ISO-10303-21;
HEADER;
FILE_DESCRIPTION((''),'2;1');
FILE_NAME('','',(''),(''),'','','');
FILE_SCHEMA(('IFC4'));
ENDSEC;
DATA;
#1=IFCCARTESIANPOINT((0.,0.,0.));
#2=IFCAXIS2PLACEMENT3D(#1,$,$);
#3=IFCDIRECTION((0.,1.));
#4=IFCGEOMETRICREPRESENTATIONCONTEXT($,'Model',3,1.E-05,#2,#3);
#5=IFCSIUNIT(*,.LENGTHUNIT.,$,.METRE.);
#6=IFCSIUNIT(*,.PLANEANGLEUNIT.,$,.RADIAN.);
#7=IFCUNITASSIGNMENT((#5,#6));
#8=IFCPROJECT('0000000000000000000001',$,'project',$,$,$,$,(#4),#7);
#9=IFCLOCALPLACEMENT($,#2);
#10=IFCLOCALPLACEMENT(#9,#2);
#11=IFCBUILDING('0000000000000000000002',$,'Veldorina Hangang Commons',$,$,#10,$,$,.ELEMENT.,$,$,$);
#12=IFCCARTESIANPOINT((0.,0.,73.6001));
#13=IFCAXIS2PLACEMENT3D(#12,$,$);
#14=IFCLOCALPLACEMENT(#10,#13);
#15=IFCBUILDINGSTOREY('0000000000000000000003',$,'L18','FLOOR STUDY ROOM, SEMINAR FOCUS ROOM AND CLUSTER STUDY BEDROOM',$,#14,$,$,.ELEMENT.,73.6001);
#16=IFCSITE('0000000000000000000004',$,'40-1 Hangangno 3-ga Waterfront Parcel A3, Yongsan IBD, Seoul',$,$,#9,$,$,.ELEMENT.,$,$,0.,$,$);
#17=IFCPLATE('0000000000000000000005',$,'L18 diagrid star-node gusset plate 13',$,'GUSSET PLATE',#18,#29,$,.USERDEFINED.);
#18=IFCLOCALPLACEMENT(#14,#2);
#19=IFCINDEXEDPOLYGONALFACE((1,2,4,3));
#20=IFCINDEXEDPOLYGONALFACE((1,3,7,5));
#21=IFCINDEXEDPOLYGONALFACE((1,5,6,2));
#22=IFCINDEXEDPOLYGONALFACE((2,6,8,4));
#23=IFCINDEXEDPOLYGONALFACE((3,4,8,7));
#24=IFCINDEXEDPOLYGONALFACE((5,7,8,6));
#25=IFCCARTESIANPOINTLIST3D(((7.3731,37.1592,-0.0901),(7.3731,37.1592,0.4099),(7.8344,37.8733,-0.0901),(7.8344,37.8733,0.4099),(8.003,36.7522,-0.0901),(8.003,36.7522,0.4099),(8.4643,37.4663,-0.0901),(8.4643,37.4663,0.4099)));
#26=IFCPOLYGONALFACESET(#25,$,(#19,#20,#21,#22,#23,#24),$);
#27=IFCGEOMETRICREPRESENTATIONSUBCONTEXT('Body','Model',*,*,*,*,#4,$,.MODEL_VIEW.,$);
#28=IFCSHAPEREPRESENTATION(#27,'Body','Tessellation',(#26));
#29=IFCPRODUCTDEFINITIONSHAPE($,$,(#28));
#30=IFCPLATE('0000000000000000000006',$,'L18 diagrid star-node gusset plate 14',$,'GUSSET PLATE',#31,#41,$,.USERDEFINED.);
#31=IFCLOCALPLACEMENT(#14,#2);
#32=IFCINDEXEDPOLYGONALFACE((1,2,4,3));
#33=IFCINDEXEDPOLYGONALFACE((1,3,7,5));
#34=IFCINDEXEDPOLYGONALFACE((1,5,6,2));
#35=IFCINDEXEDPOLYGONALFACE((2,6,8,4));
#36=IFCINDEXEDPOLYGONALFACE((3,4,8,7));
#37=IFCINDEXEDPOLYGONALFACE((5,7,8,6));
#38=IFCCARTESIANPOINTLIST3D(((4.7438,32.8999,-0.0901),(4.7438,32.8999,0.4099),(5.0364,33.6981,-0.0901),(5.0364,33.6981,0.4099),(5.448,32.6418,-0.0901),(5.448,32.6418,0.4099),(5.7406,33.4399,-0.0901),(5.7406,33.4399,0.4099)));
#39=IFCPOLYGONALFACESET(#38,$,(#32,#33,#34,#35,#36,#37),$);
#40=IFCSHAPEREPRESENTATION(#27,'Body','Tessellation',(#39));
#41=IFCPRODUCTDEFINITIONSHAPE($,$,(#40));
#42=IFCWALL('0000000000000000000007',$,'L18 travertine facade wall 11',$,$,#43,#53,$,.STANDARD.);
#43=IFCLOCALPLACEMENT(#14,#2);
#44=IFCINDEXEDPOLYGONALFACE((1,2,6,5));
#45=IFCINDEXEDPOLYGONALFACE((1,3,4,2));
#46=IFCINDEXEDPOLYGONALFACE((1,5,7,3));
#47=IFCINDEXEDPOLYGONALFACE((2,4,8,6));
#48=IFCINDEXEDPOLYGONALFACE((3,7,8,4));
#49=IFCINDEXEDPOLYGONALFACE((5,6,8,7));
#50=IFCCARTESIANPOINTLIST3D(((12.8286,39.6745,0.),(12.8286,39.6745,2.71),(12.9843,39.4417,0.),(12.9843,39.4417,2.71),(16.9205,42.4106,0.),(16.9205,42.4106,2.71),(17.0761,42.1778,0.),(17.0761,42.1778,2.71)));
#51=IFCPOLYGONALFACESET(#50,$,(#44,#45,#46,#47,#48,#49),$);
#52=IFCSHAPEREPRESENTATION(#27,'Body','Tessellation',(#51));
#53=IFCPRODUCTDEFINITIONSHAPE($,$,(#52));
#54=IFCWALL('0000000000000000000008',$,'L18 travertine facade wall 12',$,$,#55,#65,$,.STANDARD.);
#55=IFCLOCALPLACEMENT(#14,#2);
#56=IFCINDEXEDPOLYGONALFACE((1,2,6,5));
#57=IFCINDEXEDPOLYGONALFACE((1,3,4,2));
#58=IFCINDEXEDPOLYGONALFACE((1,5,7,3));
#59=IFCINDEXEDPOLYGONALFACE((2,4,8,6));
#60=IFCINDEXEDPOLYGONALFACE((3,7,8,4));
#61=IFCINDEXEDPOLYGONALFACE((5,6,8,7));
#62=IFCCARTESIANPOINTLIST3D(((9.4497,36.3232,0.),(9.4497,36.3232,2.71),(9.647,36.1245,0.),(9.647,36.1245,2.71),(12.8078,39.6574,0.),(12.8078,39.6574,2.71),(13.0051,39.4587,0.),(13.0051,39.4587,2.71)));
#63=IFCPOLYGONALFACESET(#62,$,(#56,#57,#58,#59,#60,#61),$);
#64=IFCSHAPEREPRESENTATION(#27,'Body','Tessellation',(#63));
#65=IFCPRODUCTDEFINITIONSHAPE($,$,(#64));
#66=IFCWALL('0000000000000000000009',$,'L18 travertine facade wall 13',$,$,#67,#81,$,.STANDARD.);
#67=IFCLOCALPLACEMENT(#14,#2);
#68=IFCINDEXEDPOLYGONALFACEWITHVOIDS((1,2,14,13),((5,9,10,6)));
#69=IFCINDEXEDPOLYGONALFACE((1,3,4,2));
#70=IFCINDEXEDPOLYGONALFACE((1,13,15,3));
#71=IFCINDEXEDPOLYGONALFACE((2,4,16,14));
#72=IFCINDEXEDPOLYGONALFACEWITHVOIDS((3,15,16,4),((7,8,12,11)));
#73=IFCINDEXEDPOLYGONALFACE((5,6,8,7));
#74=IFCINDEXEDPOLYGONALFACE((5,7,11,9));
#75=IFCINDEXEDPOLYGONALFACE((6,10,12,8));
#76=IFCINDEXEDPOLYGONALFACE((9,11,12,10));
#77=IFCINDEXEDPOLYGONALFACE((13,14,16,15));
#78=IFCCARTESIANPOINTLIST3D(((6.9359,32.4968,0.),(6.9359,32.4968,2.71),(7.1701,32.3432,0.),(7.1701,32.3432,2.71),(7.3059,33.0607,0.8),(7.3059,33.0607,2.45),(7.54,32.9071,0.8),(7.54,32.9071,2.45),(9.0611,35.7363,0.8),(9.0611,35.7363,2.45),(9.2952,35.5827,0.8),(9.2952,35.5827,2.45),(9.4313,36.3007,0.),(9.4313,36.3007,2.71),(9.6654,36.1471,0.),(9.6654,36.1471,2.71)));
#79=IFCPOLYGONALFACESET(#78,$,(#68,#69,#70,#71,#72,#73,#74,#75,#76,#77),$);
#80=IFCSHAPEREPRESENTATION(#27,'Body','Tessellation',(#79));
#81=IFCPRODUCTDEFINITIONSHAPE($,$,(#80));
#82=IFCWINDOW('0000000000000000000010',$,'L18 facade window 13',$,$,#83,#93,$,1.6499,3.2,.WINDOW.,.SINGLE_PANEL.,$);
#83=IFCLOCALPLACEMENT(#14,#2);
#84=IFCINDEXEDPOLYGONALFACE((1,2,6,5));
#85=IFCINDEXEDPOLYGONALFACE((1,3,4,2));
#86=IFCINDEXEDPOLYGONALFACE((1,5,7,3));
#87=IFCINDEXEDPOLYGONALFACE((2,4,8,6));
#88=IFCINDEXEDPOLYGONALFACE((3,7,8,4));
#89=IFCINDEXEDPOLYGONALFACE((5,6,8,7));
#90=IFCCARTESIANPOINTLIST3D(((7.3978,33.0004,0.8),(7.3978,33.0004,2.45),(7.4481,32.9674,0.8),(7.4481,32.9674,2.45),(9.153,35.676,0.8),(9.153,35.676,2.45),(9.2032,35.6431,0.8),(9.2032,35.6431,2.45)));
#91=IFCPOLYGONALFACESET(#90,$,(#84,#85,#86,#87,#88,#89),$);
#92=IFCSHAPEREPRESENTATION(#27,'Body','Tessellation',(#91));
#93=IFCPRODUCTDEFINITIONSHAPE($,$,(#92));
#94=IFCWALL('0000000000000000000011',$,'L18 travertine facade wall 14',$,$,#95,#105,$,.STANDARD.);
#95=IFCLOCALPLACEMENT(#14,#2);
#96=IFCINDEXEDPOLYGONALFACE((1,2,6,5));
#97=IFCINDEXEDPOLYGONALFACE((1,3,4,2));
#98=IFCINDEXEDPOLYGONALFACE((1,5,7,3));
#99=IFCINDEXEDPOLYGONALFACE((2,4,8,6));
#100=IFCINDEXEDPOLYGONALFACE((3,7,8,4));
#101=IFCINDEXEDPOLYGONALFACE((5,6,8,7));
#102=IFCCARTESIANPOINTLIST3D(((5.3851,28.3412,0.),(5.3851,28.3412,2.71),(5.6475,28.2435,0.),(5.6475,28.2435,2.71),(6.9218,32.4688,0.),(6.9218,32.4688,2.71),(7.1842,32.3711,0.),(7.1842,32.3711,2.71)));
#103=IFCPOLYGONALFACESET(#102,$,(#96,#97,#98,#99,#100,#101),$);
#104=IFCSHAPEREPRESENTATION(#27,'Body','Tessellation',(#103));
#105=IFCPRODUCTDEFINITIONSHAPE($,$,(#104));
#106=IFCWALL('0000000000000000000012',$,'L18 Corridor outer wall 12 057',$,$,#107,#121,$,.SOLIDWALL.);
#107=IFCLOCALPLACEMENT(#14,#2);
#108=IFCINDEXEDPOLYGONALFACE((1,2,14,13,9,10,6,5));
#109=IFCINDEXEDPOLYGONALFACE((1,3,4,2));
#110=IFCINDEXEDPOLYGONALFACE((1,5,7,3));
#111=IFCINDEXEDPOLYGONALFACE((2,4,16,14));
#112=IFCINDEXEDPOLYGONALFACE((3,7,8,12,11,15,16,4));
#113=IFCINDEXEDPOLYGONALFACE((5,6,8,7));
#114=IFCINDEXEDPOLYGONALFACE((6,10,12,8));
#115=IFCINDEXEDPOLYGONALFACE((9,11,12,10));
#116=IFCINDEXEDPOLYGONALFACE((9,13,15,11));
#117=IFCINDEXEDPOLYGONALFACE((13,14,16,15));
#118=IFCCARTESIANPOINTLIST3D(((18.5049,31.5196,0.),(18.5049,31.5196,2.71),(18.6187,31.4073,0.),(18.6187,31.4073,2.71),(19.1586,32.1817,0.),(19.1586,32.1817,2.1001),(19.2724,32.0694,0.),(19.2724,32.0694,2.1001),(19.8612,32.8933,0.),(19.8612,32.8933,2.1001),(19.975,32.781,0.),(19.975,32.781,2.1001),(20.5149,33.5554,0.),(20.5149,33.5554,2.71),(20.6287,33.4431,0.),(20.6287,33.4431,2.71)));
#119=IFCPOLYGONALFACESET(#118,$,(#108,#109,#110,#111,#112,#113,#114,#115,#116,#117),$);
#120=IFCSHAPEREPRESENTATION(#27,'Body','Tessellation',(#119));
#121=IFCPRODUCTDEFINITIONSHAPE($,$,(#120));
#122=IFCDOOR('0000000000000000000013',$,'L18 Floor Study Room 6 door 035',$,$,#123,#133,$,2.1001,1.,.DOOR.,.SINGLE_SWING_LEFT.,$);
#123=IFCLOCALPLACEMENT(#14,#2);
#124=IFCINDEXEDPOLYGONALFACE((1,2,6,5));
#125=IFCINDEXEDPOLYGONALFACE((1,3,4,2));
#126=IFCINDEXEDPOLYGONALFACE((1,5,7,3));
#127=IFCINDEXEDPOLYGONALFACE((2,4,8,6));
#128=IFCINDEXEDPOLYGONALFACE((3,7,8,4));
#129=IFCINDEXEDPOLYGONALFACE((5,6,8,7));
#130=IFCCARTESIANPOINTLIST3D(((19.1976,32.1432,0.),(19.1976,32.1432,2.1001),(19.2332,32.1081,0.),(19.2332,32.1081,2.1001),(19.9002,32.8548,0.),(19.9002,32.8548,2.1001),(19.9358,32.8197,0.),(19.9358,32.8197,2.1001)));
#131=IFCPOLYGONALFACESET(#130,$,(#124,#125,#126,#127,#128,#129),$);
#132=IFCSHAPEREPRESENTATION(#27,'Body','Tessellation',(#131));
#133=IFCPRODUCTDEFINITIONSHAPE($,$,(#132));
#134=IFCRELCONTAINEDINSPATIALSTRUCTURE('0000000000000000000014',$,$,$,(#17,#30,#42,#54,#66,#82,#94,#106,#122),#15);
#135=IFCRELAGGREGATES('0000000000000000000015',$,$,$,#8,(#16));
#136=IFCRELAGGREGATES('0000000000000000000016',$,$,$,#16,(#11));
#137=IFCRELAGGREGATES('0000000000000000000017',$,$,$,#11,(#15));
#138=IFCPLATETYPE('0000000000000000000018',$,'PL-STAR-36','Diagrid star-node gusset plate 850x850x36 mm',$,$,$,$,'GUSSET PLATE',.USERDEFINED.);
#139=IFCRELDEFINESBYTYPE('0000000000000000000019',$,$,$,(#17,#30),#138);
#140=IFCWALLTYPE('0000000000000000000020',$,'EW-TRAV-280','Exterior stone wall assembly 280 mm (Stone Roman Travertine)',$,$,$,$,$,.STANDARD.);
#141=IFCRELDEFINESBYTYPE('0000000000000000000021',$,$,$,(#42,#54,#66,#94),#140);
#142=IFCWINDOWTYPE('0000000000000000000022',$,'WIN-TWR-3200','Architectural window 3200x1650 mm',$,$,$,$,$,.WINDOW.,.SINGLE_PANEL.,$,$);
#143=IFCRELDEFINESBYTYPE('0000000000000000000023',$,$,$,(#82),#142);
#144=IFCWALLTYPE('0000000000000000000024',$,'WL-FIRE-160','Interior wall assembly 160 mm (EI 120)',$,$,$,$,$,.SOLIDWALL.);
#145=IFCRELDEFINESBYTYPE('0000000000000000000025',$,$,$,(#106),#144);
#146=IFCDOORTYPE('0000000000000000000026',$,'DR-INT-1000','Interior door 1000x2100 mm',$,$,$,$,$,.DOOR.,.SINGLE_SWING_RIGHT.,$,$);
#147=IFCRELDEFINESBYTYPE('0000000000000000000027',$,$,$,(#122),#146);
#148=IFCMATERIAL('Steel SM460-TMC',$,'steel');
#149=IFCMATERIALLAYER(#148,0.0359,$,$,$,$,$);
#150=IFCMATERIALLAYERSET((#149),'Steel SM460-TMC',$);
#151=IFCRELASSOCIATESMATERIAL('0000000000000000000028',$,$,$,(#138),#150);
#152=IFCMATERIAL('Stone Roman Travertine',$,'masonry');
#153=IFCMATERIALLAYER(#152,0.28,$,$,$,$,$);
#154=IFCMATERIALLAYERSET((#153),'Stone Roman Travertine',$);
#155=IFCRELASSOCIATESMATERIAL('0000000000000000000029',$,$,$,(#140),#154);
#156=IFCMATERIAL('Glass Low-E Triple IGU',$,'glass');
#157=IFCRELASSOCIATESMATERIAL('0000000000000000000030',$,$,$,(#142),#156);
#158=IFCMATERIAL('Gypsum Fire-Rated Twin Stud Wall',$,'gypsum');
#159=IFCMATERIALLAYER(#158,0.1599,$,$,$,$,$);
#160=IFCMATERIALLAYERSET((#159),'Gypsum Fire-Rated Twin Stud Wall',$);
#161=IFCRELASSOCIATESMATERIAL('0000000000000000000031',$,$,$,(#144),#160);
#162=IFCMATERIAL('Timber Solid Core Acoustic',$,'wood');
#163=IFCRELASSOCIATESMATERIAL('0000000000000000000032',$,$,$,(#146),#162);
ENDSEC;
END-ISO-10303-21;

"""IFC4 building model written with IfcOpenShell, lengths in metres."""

from ifc_helpers import new_model, si_unit, direction, frame, frame_2d, origin, origin_2d, place, context, subcontext, project, spatial, rectangle, extrude, material, layer, layer_set, type_object, element, fill, save


model = new_model("IFC4")

# Units and contexts
model_context = context("Model", 3, precision=1e-05, world=origin(), true_north=direction((0.0, 1.0)))
body_context = subcontext(model_context, "Body", "Model", "MODEL_VIEW")
ifc_project = project(units=[si_unit("LENGTHUNIT", "METRE"), si_unit("PLANEANGLEUNIT", "RADIAN")], contexts=[model_context])

# Site, building, storey
site_placement = place(None, origin())
site = spatial("IfcSite", under=ifc_project, at=site_placement, Name="40-1 Hangangno 3-ga Waterfront Parcel A3, Yongsan IBD, Seoul", CompositionType="ELEMENT", RefElevation=0.0)
building_placement = place(site_placement, origin())
building = spatial("IfcBuilding", under=site, at=building_placement, Name="Veldorina Hangang Commons", CompositionType="ELEMENT")
storey_placement = place(building_placement, frame((0.0, 0.0, 73.6001)))
storey = spatial("IfcBuildingStorey", under=building, at=storey_placement, Name="L18", Description="FLOOR STUDY ROOM, SEMINAR FOCUS ROOM AND CLUSTER STUDY BEDROOM", CompositionType="ELEMENT", Elevation=73.6001)

# Shared definitions
ifc_material_1 = material(Name="Steel SM460-TMC", Category="steel")

# Plates
ifc_layer_1 = layer(ifc_material_1, 0.0359)
ifc_layer_set_1 = layer_set([ifc_layer_1], Name="Steel SM460-TMC")
plate_type = type_object("IfcPlateType", Name="PL-STAR-36", Description="Diagrid star-node gusset plate 850x850x36 mm", ElementType="GUSSET PLATE", PredefinedType="USERDEFINED", material=ifc_layer_set_1)
for number, where, z_axis, x_axis, name in (
    (1, (7.9187, 37.3127, -0.0901), (0.0, 0.0, 1.0), (-0.542647, -0.839961, 0.0), "L18 diagrid star-node gusset plate 13"),
    (2, (5.2422, 33.1699, -0.0901), (0.0, 0.0, 1.0), (-0.344233, -0.938884, 0.0), "L18 diagrid star-node gusset plate 14"),
):
    element("IfcPlate", number, at=place(storey_placement, frame(where, z_axis=z_axis, x_axis=x_axis)), inside=storey, type_object=plate_type, Name=name, ObjectType="GUSSET PLATE", PredefinedType="USERDEFINED", context=body_context, shape_type="SweptSolid", body=[
        extrude(rectangle(XDim=0.8501, YDim=0.75, at=origin_2d()), origin(), (0.0, 0.0, 1.0), 0.5),
    ])

# Walls
ifc_material_2 = material(Name="Stone Roman Travertine", Category="masonry")
ifc_layer_2 = layer(ifc_material_2, 0.28)
ifc_layer_set_2 = layer_set([ifc_layer_2], Name="Stone Roman Travertine")
wall_type_1 = type_object("IfcWallType", Name="EW-TRAV-280", Description="Exterior stone wall assembly 280 mm (Stone Roman Travertine)", PredefinedType="STANDARD", material=ifc_layer_set_2)
wall_1_placement = place(storey_placement, frame((16.9983, 42.2942, 0.0), z_axis=(0.0, 0.0, 1.0), x_axis=(-0.831279, -0.555856, 0.0)))
element("IfcWall", 3, at=wall_1_placement, inside=storey, type_object=wall_type_1, Name="L18 travertine facade wall 11", PredefinedType="STANDARD", context=body_context, shape_type="SweptSolid", body=[
    extrude(rectangle(XDim=4.9224, YDim=0.28, at=frame_2d((2.4612, 0.0))), origin(), (0.0, 0.0, 1.0), 2.71),
])
wall_2_placement = place(storey_placement, frame((12.9065, 39.5581, 0.0), z_axis=(0.0, 0.0, 1.0), x_axis=(-0.70963, -0.704574, 0.0)))
element("IfcWall", 4, at=wall_2_placement, inside=storey, type_object=wall_type_1, Name="L18 travertine facade wall 12", PredefinedType="STANDARD", context=body_context, shape_type="SweptSolid", body=[
    extrude(rectangle(XDim=4.7322, YDim=0.28, at=frame_2d((2.3662, 0.0))), origin(), (0.0, 0.0, 1.0), 2.71),
])

# Wall, opening, window
wall_3_placement = place(storey_placement, frame((9.5483, 36.2239, 0.0), z_axis=(0.0, 0.0, 1.0), x_axis=(-0.548505, -0.836147, 0.0)))
wall_3 = element("IfcWall", 5, at=wall_3_placement, inside=storey, type_object=wall_type_1, Name="L18 travertine facade wall 13", PredefinedType="STANDARD", context=body_context, shape_type="SweptSolid", body=[
    extrude(rectangle(XDim=4.5493, YDim=0.28, at=frame_2d((2.2747, 0.0))), origin(), (0.0, 0.0, 1.0), 2.71),
])
opening_1_placement = place(wall_3_placement, frame((0.6748, 0.0, 0.8)))
opening_1 = element("IfcOpeningElement", 6, at=opening_1_placement, cuts=wall_3, PredefinedType="OPENING", context=body_context, shape_type="SweptSolid", body=[
    extrude(rectangle(XDim=3.2, YDim=1.6499, at=frame_2d((1.6001, 0.825))), frame((0.0, 0.1499, 0.0), z_axis=(0.0, -1.0, 0.0), x_axis=(1.0, 0.0, 0.0)), (0.0, 0.0, 1.0), 0.3),
])
ifc_material_3 = material(Name="Glass Low-E Triple IGU", Category="glass")
window_type = type_object("IfcWindowType", Name="WIN-TWR-3200", Description="Architectural window 3200x1650 mm", PartitioningType="SINGLE_PANEL", PredefinedType="WINDOW", material=ifc_material_3)
window_placement = place(opening_1_placement, origin())
window = element("IfcWindow", 7, at=window_placement, inside=storey, type_object=window_type, Name="L18 facade window 13", OverallHeight=1.6499, OverallWidth=3.2, PartitioningType="SINGLE_PANEL", PredefinedType="WINDOW", context=body_context, shape_type="SweptSolid", body=[
    extrude(rectangle(XDim=3.2, YDim=1.6499, at=frame_2d((1.6001, 0.825))), frame((0.0, 0.03, 0.0), z_axis=(0.0, -1.0, 0.0), x_axis=(1.0, 0.0, 0.0)), (0.0, 0.0, 1.0), 0.0601),
])
fill(opening_1, window)

# Wall
wall_4_placement = place(storey_placement, frame((7.053, 32.4199, 0.0), z_axis=(0.0, 0.0, 1.0), x_axis=(-0.348899, -0.93716, 0.0)))
element("IfcWall", 8, at=wall_4_placement, inside=storey, type_object=wall_type_1, Name="L18 travertine facade wall 14", PredefinedType="STANDARD", context=body_context, shape_type="SweptSolid", body=[
    extrude(rectangle(XDim=4.4043, YDim=0.28, at=frame_2d((2.2021, 0.0))), origin(), (0.0, 0.0, 1.0), 2.71),
])

# Wall, opening, door
ifc_material_4 = material(Name="Gypsum Fire-Rated Twin Stud Wall", Category="gypsum")
ifc_layer_3 = layer(ifc_material_4, 0.1599)
ifc_layer_set_3 = layer_set([ifc_layer_3], Name="Gypsum Fire-Rated Twin Stud Wall")
wall_type_2 = type_object("IfcWallType", Name="WL-FIRE-160", Description="Interior wall assembly 160 mm (EI 120)", PredefinedType="SOLIDWALL", material=ifc_layer_set_3)
wall_5_placement = place(storey_placement, frame((20.5718, 33.4993, 0.0), z_axis=(0.0, 0.0, 1.0), x_axis=(-0.70257, -0.711615, 0.0)))
wall_5 = element("IfcWall", 9, at=wall_5_placement, inside=storey, type_object=wall_type_2, Name="L18 Corridor outer wall 12 057", PredefinedType="SOLIDWALL", context=body_context, shape_type="SweptSolid", body=[
    extrude(rectangle(XDim=2.8608, YDim=0.1599, at=frame_2d((1.4304, 0.0))), origin(), (0.0, 0.0, 1.0), 2.71),
])
opening_2_placement = place(wall_5_placement, frame((0.9304, 0.0, 0.0)))
opening_2 = element("IfcOpeningElement", 10, at=opening_2_placement, cuts=wall_5, PredefinedType="OPENING", context=body_context, shape_type="SweptSolid", body=[
    extrude(rectangle(XDim=1.0, YDim=2.1001, at=frame_2d((0.5, 1.05))), frame((0.0, 0.0898, 0.0), z_axis=(0.0, -1.0, 0.0), x_axis=(1.0, 0.0, 0.0)), (0.0, 0.0, 1.0), 0.1799),
])
ifc_material_5 = material(Name="Timber Solid Core Acoustic", Category="wood")
door_type = type_object("IfcDoorType", Name="DR-INT-1000", Description="Interior door 1000x2100 mm", OperationType="SINGLE_SWING_RIGHT", PredefinedType="DOOR", material=ifc_material_5)
door_placement = place(opening_2_placement, origin())
door = element("IfcDoor", 11, at=door_placement, inside=storey, type_object=door_type, Name="L18 Floor Study Room 6 door 035", OperationType="SINGLE_SWING_LEFT", OverallHeight=2.1001, OverallWidth=1.0, PredefinedType="DOOR", context=body_context, shape_type="SweptSolid", body=[
    extrude(rectangle(XDim=1.0, YDim=2.1001, at=frame_2d((0.5, 1.05))), frame((0.0, 0.0249, 0.0), z_axis=(0.0, -1.0, 0.0), x_axis=(1.0, 0.0, 0.0)), (0.0, 0.0, 1.0), 0.05),
])
fill(opening_2, door)

save(model, "model.ifc")
